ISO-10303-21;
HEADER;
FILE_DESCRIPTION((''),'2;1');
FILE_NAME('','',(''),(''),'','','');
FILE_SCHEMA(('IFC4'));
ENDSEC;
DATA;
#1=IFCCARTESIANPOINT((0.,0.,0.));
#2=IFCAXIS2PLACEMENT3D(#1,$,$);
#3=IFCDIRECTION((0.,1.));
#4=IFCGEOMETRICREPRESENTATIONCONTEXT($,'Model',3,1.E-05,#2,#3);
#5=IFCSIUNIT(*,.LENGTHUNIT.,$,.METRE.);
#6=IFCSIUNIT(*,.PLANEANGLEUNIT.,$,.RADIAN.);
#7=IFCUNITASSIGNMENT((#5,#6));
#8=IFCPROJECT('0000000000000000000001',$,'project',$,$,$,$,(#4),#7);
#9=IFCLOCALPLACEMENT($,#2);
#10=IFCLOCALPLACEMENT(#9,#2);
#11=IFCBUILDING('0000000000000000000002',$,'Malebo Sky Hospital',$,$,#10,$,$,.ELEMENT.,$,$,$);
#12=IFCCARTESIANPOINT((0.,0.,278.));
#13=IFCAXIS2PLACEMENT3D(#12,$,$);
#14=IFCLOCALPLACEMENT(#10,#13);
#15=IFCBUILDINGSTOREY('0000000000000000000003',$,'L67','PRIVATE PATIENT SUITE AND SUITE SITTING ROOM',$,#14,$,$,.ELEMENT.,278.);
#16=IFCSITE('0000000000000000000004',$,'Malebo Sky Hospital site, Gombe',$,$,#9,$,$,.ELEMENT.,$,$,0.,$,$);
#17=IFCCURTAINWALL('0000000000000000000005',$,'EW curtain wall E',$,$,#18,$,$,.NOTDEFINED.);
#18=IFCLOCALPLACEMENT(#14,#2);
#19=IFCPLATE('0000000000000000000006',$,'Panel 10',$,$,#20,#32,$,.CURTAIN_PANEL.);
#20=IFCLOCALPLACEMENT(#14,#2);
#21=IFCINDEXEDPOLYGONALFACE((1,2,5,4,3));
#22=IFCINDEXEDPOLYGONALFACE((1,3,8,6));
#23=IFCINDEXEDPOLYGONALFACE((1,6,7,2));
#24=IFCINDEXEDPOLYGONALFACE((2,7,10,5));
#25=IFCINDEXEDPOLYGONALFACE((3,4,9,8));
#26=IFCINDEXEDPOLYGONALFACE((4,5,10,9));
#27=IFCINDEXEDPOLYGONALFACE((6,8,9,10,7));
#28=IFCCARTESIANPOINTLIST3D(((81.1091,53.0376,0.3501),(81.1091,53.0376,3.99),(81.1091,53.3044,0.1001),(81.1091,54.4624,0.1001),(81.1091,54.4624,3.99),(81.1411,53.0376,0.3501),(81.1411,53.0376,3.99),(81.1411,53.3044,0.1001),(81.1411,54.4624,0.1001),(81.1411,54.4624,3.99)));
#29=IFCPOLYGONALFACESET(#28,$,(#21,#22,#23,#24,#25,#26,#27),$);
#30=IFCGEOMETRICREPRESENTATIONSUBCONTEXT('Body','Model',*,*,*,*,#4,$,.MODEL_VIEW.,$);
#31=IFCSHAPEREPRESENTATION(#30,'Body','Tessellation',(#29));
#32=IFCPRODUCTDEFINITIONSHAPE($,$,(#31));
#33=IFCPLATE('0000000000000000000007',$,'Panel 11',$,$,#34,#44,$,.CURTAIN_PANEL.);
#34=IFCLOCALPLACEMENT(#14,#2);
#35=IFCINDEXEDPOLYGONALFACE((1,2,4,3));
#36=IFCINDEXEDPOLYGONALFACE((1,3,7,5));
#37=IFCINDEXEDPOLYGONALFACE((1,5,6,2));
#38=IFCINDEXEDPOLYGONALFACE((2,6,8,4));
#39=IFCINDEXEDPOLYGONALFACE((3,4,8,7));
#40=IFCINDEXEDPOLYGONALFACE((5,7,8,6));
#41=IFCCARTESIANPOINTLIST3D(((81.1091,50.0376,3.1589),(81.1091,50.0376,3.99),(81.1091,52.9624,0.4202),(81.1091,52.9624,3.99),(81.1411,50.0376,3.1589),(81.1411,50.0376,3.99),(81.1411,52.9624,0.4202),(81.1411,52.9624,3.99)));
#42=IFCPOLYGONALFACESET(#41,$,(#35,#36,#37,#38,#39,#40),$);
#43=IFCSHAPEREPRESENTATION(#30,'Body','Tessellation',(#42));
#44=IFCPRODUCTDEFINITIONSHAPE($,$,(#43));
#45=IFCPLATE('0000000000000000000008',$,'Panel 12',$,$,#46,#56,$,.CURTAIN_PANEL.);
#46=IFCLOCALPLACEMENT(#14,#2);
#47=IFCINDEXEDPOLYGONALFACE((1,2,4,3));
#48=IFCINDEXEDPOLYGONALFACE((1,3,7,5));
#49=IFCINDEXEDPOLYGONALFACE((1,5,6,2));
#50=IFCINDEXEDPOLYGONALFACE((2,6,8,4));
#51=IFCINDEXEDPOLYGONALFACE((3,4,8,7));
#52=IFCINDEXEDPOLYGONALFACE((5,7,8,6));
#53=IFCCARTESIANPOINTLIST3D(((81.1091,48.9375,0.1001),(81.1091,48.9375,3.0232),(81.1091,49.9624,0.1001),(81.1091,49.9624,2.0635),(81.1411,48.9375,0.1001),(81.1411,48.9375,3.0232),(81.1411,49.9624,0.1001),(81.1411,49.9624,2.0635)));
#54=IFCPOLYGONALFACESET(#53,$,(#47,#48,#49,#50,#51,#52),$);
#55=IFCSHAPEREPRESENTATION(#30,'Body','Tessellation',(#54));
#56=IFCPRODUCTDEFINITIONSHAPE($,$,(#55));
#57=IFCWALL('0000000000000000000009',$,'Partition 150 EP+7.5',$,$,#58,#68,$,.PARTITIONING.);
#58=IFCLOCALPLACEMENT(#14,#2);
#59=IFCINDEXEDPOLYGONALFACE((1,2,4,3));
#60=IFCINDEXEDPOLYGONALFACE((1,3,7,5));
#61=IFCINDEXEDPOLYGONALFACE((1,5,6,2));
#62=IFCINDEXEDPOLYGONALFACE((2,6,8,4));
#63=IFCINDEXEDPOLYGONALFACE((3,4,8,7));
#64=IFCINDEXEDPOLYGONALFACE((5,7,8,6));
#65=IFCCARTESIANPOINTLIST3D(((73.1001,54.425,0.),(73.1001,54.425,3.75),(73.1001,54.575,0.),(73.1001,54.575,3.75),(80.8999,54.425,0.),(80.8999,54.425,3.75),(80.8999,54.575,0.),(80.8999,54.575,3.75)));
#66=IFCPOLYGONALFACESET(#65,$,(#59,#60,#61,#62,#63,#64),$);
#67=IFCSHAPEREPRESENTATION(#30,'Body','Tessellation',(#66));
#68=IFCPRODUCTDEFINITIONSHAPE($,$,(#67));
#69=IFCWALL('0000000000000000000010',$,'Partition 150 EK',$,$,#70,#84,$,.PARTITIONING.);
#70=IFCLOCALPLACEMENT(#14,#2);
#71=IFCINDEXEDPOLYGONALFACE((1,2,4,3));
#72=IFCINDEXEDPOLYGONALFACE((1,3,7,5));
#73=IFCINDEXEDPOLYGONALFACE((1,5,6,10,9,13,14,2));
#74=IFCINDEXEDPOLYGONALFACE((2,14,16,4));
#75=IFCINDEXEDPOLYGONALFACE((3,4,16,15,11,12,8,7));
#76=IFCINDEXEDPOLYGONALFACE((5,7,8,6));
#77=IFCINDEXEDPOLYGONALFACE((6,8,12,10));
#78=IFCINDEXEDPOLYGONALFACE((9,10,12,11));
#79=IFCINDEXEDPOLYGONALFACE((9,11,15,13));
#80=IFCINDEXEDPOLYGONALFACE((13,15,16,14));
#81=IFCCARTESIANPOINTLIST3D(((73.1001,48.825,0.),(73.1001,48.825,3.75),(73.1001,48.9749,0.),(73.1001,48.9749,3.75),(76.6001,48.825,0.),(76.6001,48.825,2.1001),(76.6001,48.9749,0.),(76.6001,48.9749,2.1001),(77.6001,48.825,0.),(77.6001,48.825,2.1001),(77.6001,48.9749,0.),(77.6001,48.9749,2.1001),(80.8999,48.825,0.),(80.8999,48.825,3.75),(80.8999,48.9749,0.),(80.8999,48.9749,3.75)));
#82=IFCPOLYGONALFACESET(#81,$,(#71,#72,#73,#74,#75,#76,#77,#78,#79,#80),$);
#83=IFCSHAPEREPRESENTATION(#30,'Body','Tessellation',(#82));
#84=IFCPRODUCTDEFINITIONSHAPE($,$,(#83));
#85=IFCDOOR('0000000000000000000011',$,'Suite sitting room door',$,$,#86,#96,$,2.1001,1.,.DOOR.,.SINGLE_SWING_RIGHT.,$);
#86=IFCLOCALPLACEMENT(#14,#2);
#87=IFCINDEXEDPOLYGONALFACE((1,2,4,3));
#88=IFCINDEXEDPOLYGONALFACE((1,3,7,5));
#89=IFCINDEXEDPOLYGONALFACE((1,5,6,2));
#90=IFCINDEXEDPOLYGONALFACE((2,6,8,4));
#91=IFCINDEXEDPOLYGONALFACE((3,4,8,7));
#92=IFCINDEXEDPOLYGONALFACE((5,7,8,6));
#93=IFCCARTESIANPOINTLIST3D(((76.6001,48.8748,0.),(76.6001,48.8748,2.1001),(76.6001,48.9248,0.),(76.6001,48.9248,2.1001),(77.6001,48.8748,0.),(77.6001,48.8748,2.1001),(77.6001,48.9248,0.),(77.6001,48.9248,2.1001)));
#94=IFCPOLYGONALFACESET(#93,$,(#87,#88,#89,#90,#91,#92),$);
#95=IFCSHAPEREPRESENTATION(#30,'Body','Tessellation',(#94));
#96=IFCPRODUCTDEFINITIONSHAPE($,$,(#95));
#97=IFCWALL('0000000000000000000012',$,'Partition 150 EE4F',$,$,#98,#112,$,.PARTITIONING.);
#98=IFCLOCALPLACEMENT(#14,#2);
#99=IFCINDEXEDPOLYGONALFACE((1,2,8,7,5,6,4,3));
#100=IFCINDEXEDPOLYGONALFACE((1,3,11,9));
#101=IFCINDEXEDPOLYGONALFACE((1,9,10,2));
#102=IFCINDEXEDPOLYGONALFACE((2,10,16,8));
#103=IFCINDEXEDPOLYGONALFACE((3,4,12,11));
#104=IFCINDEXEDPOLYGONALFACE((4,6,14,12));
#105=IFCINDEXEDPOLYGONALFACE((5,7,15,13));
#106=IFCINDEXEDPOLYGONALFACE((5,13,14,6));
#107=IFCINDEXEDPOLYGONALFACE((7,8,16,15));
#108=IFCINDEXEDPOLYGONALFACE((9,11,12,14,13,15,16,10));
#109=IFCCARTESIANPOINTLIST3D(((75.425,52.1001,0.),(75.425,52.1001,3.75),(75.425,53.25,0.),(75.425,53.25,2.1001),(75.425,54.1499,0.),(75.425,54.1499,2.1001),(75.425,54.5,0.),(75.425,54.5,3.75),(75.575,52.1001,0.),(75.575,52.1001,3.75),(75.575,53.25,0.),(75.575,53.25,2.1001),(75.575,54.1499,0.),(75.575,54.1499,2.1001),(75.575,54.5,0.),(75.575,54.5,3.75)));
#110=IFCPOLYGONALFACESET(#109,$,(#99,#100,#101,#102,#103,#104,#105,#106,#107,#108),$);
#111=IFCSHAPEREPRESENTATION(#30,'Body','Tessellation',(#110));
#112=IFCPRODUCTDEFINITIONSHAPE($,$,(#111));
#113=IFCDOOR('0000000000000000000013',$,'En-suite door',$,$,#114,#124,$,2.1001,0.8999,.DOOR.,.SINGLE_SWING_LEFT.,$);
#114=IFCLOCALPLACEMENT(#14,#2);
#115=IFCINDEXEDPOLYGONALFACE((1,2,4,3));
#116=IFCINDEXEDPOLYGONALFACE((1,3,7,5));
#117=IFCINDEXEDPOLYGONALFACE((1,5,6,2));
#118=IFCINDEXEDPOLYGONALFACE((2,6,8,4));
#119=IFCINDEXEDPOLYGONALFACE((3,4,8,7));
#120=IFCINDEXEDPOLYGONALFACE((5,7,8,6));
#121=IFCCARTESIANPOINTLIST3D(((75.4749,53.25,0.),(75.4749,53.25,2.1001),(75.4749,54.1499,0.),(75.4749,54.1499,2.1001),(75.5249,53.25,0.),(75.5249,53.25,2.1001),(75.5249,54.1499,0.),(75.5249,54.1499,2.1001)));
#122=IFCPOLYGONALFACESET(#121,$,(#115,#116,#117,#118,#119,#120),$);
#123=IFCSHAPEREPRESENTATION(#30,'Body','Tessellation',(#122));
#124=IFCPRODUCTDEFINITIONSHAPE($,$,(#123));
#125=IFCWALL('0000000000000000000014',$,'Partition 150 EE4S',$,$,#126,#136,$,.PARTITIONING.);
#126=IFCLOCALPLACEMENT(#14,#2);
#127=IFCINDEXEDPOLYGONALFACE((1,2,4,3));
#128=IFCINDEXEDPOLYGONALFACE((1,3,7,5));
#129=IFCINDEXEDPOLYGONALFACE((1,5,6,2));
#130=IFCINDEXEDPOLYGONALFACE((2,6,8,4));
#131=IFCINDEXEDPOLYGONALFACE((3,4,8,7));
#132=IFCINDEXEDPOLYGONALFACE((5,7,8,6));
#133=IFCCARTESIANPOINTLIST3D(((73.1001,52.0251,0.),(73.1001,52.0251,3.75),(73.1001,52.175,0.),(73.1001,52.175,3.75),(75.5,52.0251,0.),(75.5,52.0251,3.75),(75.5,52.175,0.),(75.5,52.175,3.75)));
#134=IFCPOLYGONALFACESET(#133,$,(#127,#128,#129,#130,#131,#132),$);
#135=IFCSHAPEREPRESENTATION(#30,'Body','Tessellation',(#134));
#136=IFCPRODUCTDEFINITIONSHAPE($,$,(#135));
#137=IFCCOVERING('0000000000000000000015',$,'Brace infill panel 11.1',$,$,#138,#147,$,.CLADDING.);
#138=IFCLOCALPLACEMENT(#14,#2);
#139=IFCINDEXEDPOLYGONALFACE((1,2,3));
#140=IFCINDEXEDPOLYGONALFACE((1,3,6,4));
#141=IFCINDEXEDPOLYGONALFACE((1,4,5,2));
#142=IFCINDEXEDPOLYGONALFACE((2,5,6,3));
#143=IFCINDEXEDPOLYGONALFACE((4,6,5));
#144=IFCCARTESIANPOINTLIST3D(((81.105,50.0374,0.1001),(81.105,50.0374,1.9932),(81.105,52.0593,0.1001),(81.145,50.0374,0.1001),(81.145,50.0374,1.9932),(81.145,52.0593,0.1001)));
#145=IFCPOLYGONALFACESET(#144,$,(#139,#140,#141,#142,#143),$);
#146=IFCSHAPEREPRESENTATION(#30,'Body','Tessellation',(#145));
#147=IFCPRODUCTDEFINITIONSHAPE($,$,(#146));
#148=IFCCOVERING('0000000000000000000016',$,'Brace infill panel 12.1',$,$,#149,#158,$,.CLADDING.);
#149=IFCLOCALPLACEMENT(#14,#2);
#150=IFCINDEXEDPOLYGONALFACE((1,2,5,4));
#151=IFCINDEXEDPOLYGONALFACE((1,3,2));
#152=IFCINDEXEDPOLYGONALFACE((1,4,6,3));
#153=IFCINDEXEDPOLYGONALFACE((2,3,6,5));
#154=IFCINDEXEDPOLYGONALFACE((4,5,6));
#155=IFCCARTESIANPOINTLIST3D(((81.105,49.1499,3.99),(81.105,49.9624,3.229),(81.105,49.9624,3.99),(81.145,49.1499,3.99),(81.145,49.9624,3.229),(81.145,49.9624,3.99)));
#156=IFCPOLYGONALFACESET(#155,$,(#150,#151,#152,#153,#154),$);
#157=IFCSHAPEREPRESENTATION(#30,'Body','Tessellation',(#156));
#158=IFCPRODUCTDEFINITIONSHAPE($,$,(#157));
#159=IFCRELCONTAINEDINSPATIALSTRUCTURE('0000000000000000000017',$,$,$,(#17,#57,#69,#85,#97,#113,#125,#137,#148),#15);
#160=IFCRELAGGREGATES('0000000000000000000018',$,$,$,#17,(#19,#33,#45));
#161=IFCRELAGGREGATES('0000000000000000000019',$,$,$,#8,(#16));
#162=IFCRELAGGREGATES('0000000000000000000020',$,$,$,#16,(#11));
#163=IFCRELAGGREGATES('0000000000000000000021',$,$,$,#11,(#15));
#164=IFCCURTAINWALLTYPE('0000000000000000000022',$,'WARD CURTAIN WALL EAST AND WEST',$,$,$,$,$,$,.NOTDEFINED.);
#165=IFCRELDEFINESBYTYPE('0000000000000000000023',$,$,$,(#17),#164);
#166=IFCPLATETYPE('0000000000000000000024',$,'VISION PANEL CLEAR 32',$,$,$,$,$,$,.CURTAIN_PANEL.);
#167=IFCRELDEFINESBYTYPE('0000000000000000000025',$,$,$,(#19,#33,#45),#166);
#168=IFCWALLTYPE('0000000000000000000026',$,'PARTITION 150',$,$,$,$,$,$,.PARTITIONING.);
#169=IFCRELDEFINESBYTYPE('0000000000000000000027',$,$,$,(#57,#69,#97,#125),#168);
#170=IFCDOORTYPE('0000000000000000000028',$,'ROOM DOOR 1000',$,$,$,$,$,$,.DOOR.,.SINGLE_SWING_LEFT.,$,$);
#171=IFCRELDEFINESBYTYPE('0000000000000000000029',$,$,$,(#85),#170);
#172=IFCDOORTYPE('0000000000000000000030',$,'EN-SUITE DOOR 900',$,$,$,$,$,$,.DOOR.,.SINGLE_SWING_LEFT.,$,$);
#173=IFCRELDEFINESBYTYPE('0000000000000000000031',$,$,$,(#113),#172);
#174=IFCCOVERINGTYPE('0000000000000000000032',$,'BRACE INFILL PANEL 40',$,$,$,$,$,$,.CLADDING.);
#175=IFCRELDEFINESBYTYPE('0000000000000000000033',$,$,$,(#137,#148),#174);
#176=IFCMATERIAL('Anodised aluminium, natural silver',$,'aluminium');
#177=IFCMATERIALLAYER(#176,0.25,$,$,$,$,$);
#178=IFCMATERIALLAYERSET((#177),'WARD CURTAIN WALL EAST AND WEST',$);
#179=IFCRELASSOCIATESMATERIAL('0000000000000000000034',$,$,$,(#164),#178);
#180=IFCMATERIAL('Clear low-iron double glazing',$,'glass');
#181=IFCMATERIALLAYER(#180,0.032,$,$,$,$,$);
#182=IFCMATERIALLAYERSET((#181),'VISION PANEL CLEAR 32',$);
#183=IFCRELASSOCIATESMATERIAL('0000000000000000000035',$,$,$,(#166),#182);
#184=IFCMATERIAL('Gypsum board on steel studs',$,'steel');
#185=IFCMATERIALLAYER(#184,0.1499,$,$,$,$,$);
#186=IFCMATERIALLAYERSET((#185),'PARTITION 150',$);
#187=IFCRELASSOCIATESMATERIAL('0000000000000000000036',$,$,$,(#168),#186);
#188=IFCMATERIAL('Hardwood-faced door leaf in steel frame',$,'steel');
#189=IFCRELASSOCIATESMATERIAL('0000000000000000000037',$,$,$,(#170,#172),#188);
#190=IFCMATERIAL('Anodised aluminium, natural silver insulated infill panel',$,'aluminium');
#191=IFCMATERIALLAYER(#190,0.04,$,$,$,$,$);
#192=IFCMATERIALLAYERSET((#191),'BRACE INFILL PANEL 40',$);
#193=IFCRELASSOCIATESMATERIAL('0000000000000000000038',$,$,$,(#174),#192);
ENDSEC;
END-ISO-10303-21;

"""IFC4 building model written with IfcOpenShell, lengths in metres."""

from ifc_helpers import new_model, si_unit, direction, frame, frame_2d, origin, place, context, subcontext, project, spatial, polyline, rectangle, outline, extrude, material, layer, layer_set, type_object, element, fill, aggregate, save


model = new_model("IFC4")

# Units and contexts
model_context = context("Model", 3, precision=1e-05, world=origin(), true_north=direction((0.0, 1.0)))
body_context = subcontext(model_context, "Body", "Model", "MODEL_VIEW")
ifc_project = project(units=[si_unit("LENGTHUNIT", "METRE"), si_unit("PLANEANGLEUNIT", "RADIAN")], contexts=[model_context])

# Site, building, storey
site_placement = place(None, origin())
site = spatial("IfcSite", under=ifc_project, at=site_placement, Name="Malebo Sky Hospital site, Gombe", CompositionType="ELEMENT", RefElevation=0.0)
building_placement = place(site_placement, origin())
building = spatial("IfcBuilding", under=site, at=building_placement, Name="Malebo Sky Hospital", CompositionType="ELEMENT")
storey_placement = place(building_placement, frame((0.0, 0.0, 278.0)))
storey = spatial("IfcBuildingStorey", under=building, at=storey_placement, Name="L67", Description="PRIVATE PATIENT SUITE AND SUITE SITTING ROOM", CompositionType="ELEMENT", Elevation=278.0)

# Curtain wall
ifc_material_1 = material(Name="Anodised aluminium, natural silver", Category="aluminium")
ifc_layer_1 = layer(ifc_material_1, 0.25)
ifc_layer_set_1 = layer_set([ifc_layer_1], Name="WARD CURTAIN WALL EAST AND WEST")
curtain_wall_type = type_object("IfcCurtainWallType", Name="WARD CURTAIN WALL EAST AND WEST", PredefinedType="NOTDEFINED", material=ifc_layer_set_1)
curtain_wall_placement = place(storey_placement, origin())
curtain_wall = element("IfcCurtainWall", 1, at=curtain_wall_placement, inside=storey, type_object=curtain_wall_type, Name="EW curtain wall E", PredefinedType="NOTDEFINED")

# Plates
ifc_material_2 = material(Name="Clear low-iron double glazing", Category="glass")
ifc_layer_2 = layer(ifc_material_2, 0.032)
ifc_layer_set_2 = layer_set([ifc_layer_2], Name="VISION PANEL CLEAR 32")
plate_type = type_object("IfcPlateType", Name="VISION PANEL CLEAR 32", PredefinedType="CURTAIN_PANEL", material=ifc_layer_set_2)
plate_1_placement = place(storey_placement, frame((81.125, 53.75, 0.1001), z_axis=(0.0, 0.0, 1.0), x_axis=(0.0, -1.0, 0.0)))
plate_1 = element("IfcPlate", 2, at=plate_1_placement, type_object=plate_type, Name="Panel 10", PredefinedType="CURTAIN_PANEL", context=body_context, shape_type="SweptSolid", body=[
    extrude(outline(polyline([(-0.7124, 0.0), (0.4456, 0.0), (0.7124, 0.25), (0.7124, 3.8899), (-0.7124, 3.8899), (-0.7124, 0.0)])), frame((0.0, 0.0161, 0.0), z_axis=(0.0, -1.0, 0.0), x_axis=(1.0, 0.0, 0.0)), (0.0, 0.0, 1.0), 0.032),
])
plate_2_placement = place(storey_placement, frame((81.125, 51.5, 0.4202), z_axis=(0.0, 0.0, 1.0), x_axis=(0.0, -1.0, 0.0)))
plate_2 = element("IfcPlate", 3, at=plate_2_placement, type_object=plate_type, Name="Panel 11", PredefinedType="CURTAIN_PANEL", context=body_context, shape_type="SweptSolid", body=[
    extrude(outline(polyline([(-1.4624, 0.0), (1.4624, 2.7388), (1.4624, 3.5698), (-1.4624, 3.5698), (-1.4624, 0.0)])), frame((0.0, 0.0161, 0.0), z_axis=(0.0, -1.0, 0.0), x_axis=(1.0, 0.0, 0.0)), (0.0, 0.0, 1.0), 0.032),
])
plate_3_placement = place(storey_placement, frame((81.125, 49.45, 0.1001), z_axis=(0.0, 0.0, 1.0), x_axis=(0.0, -1.0, 0.0)))
plate_3 = element("IfcPlate", 4, at=plate_3_placement, type_object=plate_type, Name="Panel 12", PredefinedType="CURTAIN_PANEL", context=body_context, shape_type="SweptSolid", body=[
    extrude(outline(polyline([(-0.5125, 0.0), (0.5125, 0.0), (0.5125, 2.9231), (-0.5125, 1.9634), (-0.5125, 0.0)])), frame((0.0, 0.0161, 0.0), z_axis=(0.0, -1.0, 0.0), x_axis=(1.0, 0.0, 0.0)), (0.0, 0.0, 1.0), 0.032),
])
aggregate(curtain_wall, [plate_1, plate_2, plate_3])

# Wall
ifc_material_3 = material(Name="Gypsum board on steel studs", Category="steel")
ifc_layer_3 = layer(ifc_material_3, 0.1499)
ifc_layer_set_3 = layer_set([ifc_layer_3], Name="PARTITION 150")
wall_type = type_object("IfcWallType", Name="PARTITION 150", PredefinedType="PARTITIONING", material=ifc_layer_set_3)
wall_1_placement = place(storey_placement, frame((73.1001, 54.5, 0.0), z_axis=(0.0, 0.0, 1.0), x_axis=(1.0, 0.0, 0.0)))
element("IfcWall", 5, at=wall_1_placement, inside=storey, type_object=wall_type, Name="Partition 150 EP+7.5", PredefinedType="PARTITIONING", context=body_context, shape_type="SweptSolid", body=[
    extrude(rectangle(XDim=7.7998, YDim=0.1499, at=frame_2d((3.8999, 0.0))), origin(), (0.0, 0.0, 1.0), 3.75),
])

# Walls, openings, doors
wall_2_placement = place(storey_placement, frame((73.1001, 48.8999, 0.0), z_axis=(0.0, 0.0, 1.0), x_axis=(1.0, 0.0, 0.0)))
wall_2 = element("IfcWall", 6, at=wall_2_placement, inside=storey, type_object=wall_type, Name="Partition 150 EK", PredefinedType="PARTITIONING", context=body_context, shape_type="SweptSolid", body=[
    extrude(rectangle(XDim=7.7998, YDim=0.1499, at=frame_2d((3.8999, 0.0))), origin(), (0.0, 0.0, 1.0), 3.75),
])
opening_1_placement = place(wall_2_placement, frame((3.5, 0.0, 0.0)))
opening_1 = element("IfcOpeningElement", 7, at=opening_1_placement, cuts=wall_2, PredefinedType="OPENING", context=body_context, shape_type="SweptSolid", body=[
    extrude(rectangle(XDim=1.0, YDim=2.1001, at=frame_2d((0.5, 1.05))), frame((0.0, 0.085, 0.0), z_axis=(0.0, -1.0, 0.0), x_axis=(1.0, 0.0, 0.0)), (0.0, 0.0, 1.0), 0.1699),
])
ifc_material_4 = material(Name="Hardwood-faced door leaf in steel frame", Category="steel")
door_type_1 = type_object("IfcDoorType", Name="ROOM DOOR 1000", OperationType="SINGLE_SWING_LEFT", PredefinedType="DOOR", material=ifc_material_4)
door_1_placement = place(opening_1_placement, origin())
door_1 = element("IfcDoor", 8, at=door_1_placement, inside=storey, type_object=door_type_1, Name="Suite sitting room door", OperationType="SINGLE_SWING_RIGHT", OverallHeight=2.1001, OverallWidth=1.0, PredefinedType="DOOR", context=body_context, shape_type="SweptSolid", body=[
    extrude(rectangle(XDim=1.0, YDim=2.1001, at=frame_2d((0.5, 1.05))), frame((0.0, 0.0249, 0.0), z_axis=(0.0, -1.0, 0.0), x_axis=(1.0, 0.0, 0.0)), (0.0, 0.0, 1.0), 0.05),
])
fill(opening_1, door_1)
wall_3_placement = place(storey_placement, frame((75.5, 54.5, 0.0), z_axis=(0.0, 0.0, 1.0), x_axis=(0.0, -1.0, 0.0)))
wall_3 = element("IfcWall", 9, at=wall_3_placement, inside=storey, type_object=wall_type, Name="Partition 150 EE4F", PredefinedType="PARTITIONING", context=body_context, shape_type="SweptSolid", body=[
    extrude(rectangle(XDim=2.3999, YDim=0.1499, at=frame_2d((1.2, 0.0))), origin(), (0.0, 0.0, 1.0), 3.75),
])
opening_2_placement = place(wall_3_placement, frame((0.3501, 0.0, 0.0)))
opening_2 = element("IfcOpeningElement", 10, at=opening_2_placement, cuts=wall_3, PredefinedType="OPENING", context=body_context, shape_type="SweptSolid", body=[
    extrude(rectangle(XDim=0.8999, YDim=2.1001, at=frame_2d((0.45, 1.05))), frame((0.0, 0.085, 0.0), z_axis=(0.0, -1.0, 0.0), x_axis=(1.0, 0.0, 0.0)), (0.0, 0.0, 1.0), 0.1699),
])
door_type_2 = type_object("IfcDoorType", Name="EN-SUITE DOOR 900", OperationType="SINGLE_SWING_LEFT", PredefinedType="DOOR", material=ifc_material_4)
door_2_placement = place(opening_2_placement, origin())
door_2 = element("IfcDoor", 11, at=door_2_placement, inside=storey, type_object=door_type_2, Name="En-suite door", OperationType="SINGLE_SWING_LEFT", OverallHeight=2.1001, OverallWidth=0.8999, PredefinedType="DOOR", context=body_context, shape_type="SweptSolid", body=[
    extrude(rectangle(XDim=0.8999, YDim=2.1001, at=frame_2d((0.45, 1.05))), frame((0.0, 0.0249, 0.0), z_axis=(0.0, -1.0, 0.0), x_axis=(1.0, 0.0, 0.0)), (0.0, 0.0, 1.0), 0.05),
])
fill(opening_2, door_2)

# Wall
wall_4_placement = place(storey_placement, frame((73.1001, 52.1001, 0.0), z_axis=(0.0, 0.0, 1.0), x_axis=(1.0, 0.0, 0.0)))
element("IfcWall", 12, at=wall_4_placement, inside=storey, type_object=wall_type, Name="Partition 150 EE4S", PredefinedType="PARTITIONING", context=body_context, shape_type="SweptSolid", body=[
    extrude(rectangle(XDim=2.3999, YDim=0.1499, at=frame_2d((1.2, 0.0))), origin(), (0.0, 0.0, 1.0), 3.75),
])

# Coverings
ifc_material_5 = material(Name="Anodised aluminium, natural silver insulated infill panel", Category="aluminium")
ifc_layer_4 = layer(ifc_material_5, 0.04)
ifc_layer_set_4 = layer_set([ifc_layer_4], Name="BRACE INFILL PANEL 40")
covering_type = type_object("IfcCoveringType", Name="BRACE INFILL PANEL 40", PredefinedType="CLADDING", material=ifc_layer_set_4)
covering_1_placement = place(storey_placement, frame((81.125, 51.0483, 0.1001), z_axis=(0.0, 0.0, 1.0), x_axis=(0.0, -1.0, 0.0)))
element("IfcCovering", 13, at=covering_1_placement, inside=storey, type_object=covering_type, Name="Brace infill panel 11.1", PredefinedType="CLADDING", context=body_context, shape_type="SweptSolid", body=[
    extrude(outline(polyline([(-1.011, 0.0), (1.011, 0.0), (1.011, 1.8931), (-1.011, 0.0)])), frame((0.0, 0.02, 0.0), z_axis=(0.0, -1.0, 0.0), x_axis=(1.0, 0.0, 0.0)), (0.0, 0.0, 1.0), 0.04),
])
covering_2_placement = place(storey_placement, frame((81.125, 49.5562, 3.229), z_axis=(0.0, 0.0, 1.0), x_axis=(0.0, -1.0, 0.0)))
element("IfcCovering", 14, at=covering_2_placement, inside=storey, type_object=covering_type, Name="Brace infill panel 12.1", PredefinedType="CLADDING", context=body_context, shape_type="SweptSolid", body=[
    extrude(outline(polyline([(-0.4062, 0.0), (0.4062, 0.761), (-0.4062, 0.761), (-0.4062, 0.0)])), frame((0.0, 0.02, 0.0), z_axis=(0.0, -1.0, 0.0), x_axis=(1.0, 0.0, 0.0)), (0.0, 0.0, 1.0), 0.04),
])

save(model, "model.ifc")
